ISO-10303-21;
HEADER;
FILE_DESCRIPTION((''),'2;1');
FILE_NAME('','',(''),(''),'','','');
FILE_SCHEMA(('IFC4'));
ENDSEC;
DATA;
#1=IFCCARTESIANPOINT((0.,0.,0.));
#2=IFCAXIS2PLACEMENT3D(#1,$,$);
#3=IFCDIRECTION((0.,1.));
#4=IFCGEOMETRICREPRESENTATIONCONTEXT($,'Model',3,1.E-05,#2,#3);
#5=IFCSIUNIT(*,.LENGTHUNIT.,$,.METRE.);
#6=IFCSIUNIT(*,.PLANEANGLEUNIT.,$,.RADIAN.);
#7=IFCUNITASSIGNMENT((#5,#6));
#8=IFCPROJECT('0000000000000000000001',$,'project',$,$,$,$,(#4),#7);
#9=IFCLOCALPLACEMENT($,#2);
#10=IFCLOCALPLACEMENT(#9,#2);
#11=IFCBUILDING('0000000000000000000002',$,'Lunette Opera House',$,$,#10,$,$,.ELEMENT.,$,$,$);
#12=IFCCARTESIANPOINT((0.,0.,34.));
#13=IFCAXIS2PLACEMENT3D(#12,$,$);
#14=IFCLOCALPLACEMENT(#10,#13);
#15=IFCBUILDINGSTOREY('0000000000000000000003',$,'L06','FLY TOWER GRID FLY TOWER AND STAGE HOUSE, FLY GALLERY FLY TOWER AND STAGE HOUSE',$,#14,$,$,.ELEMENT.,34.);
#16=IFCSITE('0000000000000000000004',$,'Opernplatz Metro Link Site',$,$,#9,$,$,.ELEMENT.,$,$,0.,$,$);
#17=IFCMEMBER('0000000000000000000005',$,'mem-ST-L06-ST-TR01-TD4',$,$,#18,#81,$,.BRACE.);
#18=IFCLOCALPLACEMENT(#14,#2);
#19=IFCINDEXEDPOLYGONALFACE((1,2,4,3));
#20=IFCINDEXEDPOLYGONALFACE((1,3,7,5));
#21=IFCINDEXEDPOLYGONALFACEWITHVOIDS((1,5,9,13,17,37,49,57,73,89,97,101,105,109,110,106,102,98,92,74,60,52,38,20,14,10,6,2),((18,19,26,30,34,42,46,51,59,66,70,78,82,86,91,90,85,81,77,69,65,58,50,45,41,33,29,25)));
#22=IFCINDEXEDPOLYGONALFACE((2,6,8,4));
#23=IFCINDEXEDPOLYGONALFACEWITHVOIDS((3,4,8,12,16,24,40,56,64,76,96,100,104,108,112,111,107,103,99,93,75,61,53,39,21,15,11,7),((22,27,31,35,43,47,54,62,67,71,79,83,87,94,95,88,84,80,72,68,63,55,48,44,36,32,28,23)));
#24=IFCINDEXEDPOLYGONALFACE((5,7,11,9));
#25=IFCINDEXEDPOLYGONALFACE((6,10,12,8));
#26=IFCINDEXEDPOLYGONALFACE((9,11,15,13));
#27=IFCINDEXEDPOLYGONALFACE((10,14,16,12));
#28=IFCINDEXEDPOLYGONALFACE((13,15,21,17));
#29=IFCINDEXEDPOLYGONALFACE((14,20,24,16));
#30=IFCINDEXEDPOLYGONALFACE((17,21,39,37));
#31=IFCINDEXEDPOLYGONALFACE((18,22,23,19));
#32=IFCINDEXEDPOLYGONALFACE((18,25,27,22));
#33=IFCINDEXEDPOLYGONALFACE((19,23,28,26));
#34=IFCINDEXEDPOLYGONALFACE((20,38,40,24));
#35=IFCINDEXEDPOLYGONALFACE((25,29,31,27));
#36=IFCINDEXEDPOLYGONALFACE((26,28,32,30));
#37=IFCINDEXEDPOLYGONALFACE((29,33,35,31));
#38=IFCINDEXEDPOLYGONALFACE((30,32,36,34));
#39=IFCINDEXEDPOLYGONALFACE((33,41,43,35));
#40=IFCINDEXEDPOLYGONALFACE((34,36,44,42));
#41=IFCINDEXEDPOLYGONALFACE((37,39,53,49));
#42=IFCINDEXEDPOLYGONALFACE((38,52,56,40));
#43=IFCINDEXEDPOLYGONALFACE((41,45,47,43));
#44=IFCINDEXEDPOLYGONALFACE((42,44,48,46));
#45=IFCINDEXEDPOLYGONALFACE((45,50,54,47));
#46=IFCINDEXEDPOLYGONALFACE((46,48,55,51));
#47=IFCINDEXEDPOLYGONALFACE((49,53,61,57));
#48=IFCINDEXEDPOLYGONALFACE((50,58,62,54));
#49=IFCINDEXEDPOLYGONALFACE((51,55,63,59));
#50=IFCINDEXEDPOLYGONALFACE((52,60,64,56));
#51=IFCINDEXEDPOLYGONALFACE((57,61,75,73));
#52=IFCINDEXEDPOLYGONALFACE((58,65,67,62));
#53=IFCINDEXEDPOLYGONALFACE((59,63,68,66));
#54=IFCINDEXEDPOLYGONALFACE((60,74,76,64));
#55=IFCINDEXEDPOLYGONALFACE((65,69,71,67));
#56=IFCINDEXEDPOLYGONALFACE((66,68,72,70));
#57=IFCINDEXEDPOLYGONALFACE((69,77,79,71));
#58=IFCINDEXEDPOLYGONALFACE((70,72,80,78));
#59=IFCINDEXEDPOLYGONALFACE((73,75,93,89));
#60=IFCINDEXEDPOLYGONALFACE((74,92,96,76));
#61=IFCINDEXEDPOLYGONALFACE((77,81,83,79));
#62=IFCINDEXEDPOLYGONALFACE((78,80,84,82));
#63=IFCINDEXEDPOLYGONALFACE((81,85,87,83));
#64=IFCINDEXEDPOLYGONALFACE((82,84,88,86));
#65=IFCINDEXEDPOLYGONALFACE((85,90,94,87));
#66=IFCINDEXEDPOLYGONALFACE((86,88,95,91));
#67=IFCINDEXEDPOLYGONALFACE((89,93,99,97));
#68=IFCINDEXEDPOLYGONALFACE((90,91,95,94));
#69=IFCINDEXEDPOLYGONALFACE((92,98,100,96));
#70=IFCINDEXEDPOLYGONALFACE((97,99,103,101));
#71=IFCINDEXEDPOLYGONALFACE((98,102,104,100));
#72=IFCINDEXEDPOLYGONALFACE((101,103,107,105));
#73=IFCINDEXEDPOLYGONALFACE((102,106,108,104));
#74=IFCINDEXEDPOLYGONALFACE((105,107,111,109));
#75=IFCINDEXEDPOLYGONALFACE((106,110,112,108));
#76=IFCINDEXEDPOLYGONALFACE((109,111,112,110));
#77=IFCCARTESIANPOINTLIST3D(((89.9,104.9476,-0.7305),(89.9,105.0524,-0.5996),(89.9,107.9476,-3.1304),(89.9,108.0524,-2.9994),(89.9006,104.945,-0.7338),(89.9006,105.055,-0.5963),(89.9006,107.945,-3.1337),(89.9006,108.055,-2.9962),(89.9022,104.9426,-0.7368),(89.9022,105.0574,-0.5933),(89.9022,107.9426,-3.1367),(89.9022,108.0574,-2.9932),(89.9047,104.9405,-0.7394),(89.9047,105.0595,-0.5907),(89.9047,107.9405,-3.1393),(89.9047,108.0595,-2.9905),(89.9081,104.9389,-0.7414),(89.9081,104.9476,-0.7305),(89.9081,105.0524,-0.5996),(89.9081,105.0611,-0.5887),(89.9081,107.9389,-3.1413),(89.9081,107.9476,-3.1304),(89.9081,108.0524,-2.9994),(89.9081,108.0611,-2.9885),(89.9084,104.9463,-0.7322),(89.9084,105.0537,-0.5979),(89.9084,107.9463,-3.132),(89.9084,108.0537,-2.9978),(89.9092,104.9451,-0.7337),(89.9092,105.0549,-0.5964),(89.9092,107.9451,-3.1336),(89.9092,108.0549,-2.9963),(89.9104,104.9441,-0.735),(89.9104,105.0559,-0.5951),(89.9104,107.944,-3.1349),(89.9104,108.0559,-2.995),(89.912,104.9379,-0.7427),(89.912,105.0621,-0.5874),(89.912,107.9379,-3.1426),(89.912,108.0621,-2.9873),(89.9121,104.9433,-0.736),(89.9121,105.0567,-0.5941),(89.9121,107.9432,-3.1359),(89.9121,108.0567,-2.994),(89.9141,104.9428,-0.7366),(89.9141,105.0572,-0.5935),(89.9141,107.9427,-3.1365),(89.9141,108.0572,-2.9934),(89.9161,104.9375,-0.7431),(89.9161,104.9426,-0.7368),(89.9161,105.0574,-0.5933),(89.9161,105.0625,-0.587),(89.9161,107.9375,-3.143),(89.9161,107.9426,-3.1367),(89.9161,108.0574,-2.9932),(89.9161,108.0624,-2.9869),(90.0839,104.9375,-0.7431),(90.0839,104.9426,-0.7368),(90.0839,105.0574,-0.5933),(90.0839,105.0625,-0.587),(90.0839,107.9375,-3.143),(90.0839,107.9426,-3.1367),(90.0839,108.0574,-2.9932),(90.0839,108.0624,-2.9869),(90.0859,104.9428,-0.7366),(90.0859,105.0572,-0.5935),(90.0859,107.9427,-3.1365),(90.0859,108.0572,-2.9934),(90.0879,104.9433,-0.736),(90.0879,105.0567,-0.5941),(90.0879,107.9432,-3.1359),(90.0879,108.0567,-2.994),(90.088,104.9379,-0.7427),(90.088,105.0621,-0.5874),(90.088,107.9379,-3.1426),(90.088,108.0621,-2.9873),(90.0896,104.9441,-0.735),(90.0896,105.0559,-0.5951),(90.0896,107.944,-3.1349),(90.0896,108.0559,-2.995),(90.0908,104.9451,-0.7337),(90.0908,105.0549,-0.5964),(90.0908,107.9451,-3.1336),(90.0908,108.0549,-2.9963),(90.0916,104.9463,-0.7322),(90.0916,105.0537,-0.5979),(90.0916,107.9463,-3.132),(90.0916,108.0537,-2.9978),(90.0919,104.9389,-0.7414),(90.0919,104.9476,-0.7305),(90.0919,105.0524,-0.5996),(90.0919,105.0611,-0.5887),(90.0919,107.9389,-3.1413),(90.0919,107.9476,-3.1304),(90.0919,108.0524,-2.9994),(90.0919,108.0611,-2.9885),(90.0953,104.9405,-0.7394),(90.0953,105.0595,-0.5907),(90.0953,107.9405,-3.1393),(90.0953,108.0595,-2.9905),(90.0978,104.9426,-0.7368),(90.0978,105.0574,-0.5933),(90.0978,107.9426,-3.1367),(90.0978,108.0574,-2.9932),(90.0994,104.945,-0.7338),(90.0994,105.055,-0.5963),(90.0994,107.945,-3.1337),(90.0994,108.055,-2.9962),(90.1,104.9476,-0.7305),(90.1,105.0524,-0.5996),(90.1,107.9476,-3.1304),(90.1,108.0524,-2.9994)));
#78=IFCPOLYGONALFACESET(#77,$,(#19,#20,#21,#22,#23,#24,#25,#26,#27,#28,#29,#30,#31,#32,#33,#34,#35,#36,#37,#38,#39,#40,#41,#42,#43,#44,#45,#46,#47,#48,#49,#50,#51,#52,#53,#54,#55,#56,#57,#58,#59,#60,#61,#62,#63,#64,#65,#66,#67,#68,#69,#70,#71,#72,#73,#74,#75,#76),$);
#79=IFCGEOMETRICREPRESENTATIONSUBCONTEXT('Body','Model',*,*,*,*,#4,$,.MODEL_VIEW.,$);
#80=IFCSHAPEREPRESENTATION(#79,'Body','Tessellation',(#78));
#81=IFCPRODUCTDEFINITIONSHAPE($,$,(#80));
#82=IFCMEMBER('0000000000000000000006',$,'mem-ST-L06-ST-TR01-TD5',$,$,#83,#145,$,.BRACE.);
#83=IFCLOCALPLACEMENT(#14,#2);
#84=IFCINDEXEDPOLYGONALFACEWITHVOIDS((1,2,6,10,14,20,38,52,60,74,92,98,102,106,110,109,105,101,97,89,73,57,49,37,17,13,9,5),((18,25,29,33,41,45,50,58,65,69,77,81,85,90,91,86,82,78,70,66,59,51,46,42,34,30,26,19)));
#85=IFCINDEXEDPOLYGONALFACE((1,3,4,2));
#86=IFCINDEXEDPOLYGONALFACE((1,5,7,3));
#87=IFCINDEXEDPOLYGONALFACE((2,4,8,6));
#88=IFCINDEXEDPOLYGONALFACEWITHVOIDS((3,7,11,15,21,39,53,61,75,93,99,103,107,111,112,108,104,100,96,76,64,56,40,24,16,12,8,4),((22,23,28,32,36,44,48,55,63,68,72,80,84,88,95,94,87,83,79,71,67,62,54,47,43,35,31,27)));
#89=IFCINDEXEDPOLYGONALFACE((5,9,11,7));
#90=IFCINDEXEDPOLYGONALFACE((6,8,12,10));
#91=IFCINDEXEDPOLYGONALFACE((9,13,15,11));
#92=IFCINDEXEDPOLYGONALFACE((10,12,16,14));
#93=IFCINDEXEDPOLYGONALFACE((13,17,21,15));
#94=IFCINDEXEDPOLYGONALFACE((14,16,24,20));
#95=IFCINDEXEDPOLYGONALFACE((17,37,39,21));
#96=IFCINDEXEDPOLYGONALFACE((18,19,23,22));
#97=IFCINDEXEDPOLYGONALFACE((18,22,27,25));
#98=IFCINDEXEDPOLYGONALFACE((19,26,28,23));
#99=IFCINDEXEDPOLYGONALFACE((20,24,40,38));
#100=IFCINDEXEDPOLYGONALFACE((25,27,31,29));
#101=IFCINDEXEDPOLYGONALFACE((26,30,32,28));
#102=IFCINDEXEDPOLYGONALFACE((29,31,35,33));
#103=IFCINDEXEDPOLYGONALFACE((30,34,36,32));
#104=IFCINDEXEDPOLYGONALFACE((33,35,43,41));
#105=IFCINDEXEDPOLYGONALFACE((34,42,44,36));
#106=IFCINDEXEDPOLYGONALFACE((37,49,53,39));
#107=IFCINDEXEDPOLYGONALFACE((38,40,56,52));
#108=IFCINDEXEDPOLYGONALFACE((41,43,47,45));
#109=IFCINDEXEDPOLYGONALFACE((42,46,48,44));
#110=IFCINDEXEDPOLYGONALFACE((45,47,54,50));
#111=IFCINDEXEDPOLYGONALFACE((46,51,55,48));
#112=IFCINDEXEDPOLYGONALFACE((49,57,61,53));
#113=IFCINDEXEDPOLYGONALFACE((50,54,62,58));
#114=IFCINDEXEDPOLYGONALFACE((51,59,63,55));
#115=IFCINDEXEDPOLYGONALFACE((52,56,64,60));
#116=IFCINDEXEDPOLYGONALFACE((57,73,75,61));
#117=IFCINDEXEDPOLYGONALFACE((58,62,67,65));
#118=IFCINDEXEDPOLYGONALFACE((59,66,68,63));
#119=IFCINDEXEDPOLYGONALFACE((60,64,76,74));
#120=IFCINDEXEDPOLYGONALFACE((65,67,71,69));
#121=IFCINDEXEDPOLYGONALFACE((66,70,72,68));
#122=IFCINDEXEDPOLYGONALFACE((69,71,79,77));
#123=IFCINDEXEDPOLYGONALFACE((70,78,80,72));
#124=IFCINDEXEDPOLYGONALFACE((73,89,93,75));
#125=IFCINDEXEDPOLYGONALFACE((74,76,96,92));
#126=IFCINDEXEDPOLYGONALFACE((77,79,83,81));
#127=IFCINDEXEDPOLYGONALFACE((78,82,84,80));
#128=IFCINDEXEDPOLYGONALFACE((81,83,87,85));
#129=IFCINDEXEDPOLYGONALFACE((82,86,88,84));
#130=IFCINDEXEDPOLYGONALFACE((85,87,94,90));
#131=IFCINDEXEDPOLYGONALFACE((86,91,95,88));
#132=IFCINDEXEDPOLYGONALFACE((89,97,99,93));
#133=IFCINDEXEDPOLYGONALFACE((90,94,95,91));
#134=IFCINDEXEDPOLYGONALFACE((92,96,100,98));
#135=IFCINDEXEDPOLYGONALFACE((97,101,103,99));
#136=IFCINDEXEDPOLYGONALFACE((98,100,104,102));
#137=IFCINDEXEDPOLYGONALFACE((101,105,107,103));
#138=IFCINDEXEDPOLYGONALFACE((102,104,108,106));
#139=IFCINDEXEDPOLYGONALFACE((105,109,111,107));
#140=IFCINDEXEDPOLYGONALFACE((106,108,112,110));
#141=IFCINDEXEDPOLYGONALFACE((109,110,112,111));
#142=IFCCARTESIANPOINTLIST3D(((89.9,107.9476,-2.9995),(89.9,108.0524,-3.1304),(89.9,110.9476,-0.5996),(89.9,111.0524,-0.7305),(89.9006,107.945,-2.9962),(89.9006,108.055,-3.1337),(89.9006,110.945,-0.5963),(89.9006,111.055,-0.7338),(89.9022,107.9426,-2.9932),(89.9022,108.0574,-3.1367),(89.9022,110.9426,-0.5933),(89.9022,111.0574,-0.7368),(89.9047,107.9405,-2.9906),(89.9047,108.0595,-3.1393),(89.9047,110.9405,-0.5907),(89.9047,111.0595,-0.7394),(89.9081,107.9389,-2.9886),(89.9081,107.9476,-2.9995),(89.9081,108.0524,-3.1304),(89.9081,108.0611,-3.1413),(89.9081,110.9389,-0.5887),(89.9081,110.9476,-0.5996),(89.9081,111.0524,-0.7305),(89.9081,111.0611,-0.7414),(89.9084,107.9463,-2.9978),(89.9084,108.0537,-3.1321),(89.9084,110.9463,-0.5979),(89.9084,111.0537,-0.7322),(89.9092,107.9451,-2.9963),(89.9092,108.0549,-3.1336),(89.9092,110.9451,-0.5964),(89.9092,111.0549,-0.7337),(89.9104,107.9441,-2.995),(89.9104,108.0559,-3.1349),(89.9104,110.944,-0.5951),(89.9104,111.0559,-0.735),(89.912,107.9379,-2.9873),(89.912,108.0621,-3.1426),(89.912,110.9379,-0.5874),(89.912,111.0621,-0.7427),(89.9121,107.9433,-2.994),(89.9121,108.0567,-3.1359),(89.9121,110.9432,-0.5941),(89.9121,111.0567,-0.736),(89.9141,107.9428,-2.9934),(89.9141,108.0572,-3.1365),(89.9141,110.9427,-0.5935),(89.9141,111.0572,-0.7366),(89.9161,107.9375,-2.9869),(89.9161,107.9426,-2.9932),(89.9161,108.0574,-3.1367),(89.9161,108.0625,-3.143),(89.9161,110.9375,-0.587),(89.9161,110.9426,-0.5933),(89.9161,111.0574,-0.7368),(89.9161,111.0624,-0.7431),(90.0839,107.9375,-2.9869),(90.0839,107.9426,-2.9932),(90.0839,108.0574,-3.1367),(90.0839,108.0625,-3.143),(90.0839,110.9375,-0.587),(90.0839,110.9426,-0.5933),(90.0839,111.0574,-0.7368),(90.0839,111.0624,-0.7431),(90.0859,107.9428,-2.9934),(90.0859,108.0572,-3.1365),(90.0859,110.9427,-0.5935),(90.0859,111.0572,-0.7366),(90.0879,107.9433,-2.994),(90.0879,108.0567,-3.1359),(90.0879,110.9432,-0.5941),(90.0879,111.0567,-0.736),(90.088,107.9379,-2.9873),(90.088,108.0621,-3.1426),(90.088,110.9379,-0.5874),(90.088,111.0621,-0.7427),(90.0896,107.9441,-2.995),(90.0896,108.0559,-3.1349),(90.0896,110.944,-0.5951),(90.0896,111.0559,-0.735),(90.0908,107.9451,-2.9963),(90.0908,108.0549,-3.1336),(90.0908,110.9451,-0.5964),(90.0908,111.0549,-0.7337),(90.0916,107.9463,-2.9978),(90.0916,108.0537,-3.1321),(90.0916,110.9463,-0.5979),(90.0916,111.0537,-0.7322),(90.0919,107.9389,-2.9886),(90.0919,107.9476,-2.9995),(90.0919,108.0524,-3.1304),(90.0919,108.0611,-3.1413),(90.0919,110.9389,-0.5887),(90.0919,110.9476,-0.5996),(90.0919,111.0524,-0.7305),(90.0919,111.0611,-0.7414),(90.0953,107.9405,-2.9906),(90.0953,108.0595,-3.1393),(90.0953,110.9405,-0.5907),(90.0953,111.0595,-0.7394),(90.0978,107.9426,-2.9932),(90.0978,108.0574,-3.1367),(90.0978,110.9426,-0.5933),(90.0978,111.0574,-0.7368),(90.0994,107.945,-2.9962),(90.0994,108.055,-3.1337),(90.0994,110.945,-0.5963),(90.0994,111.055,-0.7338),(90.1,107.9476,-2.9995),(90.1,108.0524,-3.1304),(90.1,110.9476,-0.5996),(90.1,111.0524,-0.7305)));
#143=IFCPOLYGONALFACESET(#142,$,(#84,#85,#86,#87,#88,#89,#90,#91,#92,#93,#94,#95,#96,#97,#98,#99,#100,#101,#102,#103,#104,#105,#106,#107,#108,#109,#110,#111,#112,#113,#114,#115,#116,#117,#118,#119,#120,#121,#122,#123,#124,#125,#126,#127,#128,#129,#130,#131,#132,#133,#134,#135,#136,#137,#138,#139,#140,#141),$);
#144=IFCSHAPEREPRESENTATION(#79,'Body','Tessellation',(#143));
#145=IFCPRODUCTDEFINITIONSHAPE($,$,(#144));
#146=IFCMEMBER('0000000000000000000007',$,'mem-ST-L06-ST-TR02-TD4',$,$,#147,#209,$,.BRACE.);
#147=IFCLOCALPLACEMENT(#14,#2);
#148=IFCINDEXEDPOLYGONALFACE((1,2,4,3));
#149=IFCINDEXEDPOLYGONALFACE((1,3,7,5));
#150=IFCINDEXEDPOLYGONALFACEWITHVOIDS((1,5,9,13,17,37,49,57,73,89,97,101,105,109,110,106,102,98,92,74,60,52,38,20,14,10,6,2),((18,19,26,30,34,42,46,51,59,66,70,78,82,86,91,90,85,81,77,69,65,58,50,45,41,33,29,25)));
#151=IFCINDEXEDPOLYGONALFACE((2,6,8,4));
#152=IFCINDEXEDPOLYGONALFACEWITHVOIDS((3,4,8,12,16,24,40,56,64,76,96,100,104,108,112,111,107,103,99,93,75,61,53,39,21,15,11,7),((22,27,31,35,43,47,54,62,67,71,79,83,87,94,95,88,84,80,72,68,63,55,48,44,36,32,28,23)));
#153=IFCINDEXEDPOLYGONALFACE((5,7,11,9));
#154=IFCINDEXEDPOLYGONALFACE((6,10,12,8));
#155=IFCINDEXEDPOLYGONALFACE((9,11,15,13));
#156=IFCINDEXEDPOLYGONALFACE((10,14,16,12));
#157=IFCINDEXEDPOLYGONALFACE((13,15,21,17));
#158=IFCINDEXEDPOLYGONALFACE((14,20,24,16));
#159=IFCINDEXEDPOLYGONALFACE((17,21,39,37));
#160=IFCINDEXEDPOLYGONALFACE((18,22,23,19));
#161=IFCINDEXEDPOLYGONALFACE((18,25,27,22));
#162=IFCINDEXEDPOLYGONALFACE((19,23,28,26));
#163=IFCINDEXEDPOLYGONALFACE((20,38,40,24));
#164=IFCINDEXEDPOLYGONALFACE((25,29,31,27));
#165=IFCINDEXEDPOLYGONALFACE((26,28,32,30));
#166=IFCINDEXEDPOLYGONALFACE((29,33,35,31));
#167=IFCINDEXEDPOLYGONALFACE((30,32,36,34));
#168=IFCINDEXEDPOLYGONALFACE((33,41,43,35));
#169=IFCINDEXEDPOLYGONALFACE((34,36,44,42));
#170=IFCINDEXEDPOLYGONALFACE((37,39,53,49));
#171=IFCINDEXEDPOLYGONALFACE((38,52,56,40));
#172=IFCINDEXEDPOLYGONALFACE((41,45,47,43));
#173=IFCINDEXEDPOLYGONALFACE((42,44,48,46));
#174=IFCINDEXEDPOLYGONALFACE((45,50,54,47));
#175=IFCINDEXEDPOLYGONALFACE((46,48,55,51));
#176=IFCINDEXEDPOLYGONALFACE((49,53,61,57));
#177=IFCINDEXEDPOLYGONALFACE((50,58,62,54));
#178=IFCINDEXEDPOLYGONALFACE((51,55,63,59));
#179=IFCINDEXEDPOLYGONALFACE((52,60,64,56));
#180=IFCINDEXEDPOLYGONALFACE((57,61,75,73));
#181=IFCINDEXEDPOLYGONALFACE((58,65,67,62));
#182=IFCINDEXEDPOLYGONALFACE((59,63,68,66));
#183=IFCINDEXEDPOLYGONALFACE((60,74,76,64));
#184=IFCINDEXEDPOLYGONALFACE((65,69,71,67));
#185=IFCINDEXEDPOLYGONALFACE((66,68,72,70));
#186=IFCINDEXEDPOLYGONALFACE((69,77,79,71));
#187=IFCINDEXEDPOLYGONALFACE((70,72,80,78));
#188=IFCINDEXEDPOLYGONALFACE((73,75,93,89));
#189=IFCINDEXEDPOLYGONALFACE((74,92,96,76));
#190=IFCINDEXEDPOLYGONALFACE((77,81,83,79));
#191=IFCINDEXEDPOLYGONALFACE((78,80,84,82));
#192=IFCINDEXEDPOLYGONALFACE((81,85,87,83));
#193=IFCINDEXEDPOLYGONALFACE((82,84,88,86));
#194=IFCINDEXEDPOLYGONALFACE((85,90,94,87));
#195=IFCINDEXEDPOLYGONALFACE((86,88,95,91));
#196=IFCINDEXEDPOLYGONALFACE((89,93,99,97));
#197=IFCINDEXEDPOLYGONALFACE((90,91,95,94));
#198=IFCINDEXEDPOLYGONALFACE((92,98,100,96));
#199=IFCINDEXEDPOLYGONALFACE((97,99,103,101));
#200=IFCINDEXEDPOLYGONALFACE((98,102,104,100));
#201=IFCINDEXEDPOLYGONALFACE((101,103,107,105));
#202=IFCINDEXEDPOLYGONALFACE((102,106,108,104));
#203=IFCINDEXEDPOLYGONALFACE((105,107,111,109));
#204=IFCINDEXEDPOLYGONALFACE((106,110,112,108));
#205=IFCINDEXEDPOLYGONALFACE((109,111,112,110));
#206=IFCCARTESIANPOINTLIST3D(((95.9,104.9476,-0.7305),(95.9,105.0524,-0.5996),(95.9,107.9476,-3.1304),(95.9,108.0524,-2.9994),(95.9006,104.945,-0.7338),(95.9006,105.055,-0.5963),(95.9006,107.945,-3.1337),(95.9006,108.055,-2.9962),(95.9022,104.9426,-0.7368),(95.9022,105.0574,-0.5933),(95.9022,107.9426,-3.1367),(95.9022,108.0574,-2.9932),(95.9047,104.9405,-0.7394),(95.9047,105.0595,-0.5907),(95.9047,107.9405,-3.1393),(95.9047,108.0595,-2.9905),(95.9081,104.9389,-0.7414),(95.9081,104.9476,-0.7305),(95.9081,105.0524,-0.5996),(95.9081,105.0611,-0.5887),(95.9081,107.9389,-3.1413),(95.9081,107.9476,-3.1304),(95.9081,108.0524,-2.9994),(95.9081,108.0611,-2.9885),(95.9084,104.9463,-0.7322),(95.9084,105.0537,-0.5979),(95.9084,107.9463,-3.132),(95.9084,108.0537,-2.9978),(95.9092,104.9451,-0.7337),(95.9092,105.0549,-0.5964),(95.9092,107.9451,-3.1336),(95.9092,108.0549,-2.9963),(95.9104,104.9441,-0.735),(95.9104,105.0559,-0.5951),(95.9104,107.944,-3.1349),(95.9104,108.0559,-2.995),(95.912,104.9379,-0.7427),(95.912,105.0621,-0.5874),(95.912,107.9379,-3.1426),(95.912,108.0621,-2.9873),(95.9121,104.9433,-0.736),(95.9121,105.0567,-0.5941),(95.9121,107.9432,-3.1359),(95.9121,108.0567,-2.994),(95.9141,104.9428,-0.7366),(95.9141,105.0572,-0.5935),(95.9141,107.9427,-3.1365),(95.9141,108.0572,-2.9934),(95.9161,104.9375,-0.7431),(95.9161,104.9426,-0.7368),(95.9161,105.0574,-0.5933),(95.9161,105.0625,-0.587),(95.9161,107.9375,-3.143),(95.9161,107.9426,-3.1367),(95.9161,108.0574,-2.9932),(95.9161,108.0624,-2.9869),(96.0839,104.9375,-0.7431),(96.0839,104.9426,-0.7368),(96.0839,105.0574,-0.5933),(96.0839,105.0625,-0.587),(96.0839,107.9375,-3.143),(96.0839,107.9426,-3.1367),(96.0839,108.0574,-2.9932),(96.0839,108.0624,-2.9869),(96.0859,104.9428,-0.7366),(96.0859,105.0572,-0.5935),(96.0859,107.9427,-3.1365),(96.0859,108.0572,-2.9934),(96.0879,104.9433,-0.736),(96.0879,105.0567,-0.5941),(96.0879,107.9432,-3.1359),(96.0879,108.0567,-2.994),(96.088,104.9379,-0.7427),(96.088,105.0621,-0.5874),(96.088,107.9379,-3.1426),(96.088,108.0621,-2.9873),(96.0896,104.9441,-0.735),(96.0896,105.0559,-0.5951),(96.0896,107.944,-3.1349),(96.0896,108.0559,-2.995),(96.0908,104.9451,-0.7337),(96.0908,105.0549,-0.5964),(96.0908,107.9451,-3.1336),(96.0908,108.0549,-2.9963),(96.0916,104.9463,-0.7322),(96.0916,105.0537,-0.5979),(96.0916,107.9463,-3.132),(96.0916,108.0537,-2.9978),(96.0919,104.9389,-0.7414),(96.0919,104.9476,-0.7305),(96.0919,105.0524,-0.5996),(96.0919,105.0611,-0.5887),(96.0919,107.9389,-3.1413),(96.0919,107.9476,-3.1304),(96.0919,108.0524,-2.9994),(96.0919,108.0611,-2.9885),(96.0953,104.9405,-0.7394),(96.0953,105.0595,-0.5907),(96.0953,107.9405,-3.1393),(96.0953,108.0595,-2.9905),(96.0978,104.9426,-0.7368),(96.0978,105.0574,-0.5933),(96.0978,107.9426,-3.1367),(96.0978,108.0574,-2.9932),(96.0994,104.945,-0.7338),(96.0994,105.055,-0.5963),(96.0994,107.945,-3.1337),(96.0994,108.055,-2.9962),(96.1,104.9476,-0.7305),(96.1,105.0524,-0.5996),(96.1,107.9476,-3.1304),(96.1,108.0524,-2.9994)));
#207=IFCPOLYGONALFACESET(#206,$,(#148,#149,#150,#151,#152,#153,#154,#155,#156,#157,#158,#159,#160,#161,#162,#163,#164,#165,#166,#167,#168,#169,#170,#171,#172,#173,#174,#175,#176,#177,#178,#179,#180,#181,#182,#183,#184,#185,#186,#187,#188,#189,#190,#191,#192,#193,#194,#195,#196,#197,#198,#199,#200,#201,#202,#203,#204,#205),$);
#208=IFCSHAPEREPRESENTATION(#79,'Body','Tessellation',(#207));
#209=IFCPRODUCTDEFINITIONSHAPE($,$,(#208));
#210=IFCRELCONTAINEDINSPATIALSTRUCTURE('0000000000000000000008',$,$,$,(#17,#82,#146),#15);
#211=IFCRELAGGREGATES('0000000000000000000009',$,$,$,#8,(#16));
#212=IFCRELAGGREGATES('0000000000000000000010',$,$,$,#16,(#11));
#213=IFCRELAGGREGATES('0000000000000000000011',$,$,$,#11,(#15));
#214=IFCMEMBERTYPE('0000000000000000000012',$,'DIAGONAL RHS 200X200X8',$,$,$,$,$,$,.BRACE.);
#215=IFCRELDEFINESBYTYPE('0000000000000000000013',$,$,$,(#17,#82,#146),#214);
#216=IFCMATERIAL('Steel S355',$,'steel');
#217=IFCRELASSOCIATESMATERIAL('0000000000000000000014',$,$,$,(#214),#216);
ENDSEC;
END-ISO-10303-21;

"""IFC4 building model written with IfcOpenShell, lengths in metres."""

from ifc_helpers import new_model, si_unit, direction, frame, origin, origin_2d, place, context, subcontext, project, spatial, hollow_rectangle, extrude, material, material_profile, profile_set, type_object, element, save


model = new_model("IFC4")

# Units and contexts
model_context = context("Model", 3, precision=1e-05, world=origin(), true_north=direction((0.0, 1.0)))
body_context = subcontext(model_context, "Body", "Model", "MODEL_VIEW")
ifc_project = project(units=[si_unit("LENGTHUNIT", "METRE"), si_unit("PLANEANGLEUNIT", "RADIAN")], contexts=[model_context])

# Site, building, storey
site_placement = place(None, origin())
site = spatial("IfcSite", under=ifc_project, at=site_placement, Name="Opernplatz Metro Link Site", CompositionType="ELEMENT", RefElevation=0.0)
building_placement = place(site_placement, origin())
building = spatial("IfcBuilding", under=site, at=building_placement, Name="Lunette Opera House", CompositionType="ELEMENT")
storey_placement = place(building_placement, frame((0.0, 0.0, 34.0)))
storey = spatial("IfcBuildingStorey", under=building, at=storey_placement, Name="L06", Description="FLY TOWER GRID FLY TOWER AND STAGE HOUSE, FLY GALLERY FLY TOWER AND STAGE HOUSE", CompositionType="ELEMENT", Elevation=34.0)

# Members
ifc_material_1 = material(Name="Steel S355", Category="steel")
ifc_material_profile_1 = material_profile(ifc_material_1, hollow_rectangle(XDim=0.2, YDim=0.2, WallThickness=0.0081, InnerFilletRadius=0.0081, OuterFilletRadius=0.0161, at=origin_2d()), Name="RHS 200X200X8")
ifc_profile_set_1 = profile_set([ifc_material_profile_1], Name="Steel S355")
member_type_1 = type_object("IfcMemberType", Name="DIAGONAL RHS 200X200X8", PredefinedType="BRACE", material=ifc_profile_set_1)
for number, where, z_axis, x_axis, name in (
    (1, (90.0, 105.0, -0.665), (0.0, 0.780881, -0.62468), (-1.0, 0.0, 0.0), "mem-ST-L06-ST-TR01-TD4"),
    (2, (90.0, 108.0, -3.0649), (0.0, 0.780881, 0.62468), (-1.0, 0.0, 0.0), "mem-ST-L06-ST-TR01-TD5"),
    (3, (96.0, 105.0, -0.665), (0.0, 0.780881, -0.62468), (-1.0, 0.0, 0.0), "mem-ST-L06-ST-TR02-TD4"),
):
    element("IfcMember", number, at=place(storey_placement, frame(where, z_axis=z_axis, x_axis=x_axis)), inside=storey, type_object=member_type_1, Name=name, PredefinedType="BRACE", context=body_context, shape_type="SweptSolid", body=[
        extrude(hollow_rectangle(XDim=0.2, YDim=0.2, WallThickness=0.0081, InnerFilletRadius=0.0081, OuterFilletRadius=0.0161, at=origin_2d()), origin(), (0.0, 0.0, 1.0), 3.8418),
    ])

save(model, "model.ifc")
